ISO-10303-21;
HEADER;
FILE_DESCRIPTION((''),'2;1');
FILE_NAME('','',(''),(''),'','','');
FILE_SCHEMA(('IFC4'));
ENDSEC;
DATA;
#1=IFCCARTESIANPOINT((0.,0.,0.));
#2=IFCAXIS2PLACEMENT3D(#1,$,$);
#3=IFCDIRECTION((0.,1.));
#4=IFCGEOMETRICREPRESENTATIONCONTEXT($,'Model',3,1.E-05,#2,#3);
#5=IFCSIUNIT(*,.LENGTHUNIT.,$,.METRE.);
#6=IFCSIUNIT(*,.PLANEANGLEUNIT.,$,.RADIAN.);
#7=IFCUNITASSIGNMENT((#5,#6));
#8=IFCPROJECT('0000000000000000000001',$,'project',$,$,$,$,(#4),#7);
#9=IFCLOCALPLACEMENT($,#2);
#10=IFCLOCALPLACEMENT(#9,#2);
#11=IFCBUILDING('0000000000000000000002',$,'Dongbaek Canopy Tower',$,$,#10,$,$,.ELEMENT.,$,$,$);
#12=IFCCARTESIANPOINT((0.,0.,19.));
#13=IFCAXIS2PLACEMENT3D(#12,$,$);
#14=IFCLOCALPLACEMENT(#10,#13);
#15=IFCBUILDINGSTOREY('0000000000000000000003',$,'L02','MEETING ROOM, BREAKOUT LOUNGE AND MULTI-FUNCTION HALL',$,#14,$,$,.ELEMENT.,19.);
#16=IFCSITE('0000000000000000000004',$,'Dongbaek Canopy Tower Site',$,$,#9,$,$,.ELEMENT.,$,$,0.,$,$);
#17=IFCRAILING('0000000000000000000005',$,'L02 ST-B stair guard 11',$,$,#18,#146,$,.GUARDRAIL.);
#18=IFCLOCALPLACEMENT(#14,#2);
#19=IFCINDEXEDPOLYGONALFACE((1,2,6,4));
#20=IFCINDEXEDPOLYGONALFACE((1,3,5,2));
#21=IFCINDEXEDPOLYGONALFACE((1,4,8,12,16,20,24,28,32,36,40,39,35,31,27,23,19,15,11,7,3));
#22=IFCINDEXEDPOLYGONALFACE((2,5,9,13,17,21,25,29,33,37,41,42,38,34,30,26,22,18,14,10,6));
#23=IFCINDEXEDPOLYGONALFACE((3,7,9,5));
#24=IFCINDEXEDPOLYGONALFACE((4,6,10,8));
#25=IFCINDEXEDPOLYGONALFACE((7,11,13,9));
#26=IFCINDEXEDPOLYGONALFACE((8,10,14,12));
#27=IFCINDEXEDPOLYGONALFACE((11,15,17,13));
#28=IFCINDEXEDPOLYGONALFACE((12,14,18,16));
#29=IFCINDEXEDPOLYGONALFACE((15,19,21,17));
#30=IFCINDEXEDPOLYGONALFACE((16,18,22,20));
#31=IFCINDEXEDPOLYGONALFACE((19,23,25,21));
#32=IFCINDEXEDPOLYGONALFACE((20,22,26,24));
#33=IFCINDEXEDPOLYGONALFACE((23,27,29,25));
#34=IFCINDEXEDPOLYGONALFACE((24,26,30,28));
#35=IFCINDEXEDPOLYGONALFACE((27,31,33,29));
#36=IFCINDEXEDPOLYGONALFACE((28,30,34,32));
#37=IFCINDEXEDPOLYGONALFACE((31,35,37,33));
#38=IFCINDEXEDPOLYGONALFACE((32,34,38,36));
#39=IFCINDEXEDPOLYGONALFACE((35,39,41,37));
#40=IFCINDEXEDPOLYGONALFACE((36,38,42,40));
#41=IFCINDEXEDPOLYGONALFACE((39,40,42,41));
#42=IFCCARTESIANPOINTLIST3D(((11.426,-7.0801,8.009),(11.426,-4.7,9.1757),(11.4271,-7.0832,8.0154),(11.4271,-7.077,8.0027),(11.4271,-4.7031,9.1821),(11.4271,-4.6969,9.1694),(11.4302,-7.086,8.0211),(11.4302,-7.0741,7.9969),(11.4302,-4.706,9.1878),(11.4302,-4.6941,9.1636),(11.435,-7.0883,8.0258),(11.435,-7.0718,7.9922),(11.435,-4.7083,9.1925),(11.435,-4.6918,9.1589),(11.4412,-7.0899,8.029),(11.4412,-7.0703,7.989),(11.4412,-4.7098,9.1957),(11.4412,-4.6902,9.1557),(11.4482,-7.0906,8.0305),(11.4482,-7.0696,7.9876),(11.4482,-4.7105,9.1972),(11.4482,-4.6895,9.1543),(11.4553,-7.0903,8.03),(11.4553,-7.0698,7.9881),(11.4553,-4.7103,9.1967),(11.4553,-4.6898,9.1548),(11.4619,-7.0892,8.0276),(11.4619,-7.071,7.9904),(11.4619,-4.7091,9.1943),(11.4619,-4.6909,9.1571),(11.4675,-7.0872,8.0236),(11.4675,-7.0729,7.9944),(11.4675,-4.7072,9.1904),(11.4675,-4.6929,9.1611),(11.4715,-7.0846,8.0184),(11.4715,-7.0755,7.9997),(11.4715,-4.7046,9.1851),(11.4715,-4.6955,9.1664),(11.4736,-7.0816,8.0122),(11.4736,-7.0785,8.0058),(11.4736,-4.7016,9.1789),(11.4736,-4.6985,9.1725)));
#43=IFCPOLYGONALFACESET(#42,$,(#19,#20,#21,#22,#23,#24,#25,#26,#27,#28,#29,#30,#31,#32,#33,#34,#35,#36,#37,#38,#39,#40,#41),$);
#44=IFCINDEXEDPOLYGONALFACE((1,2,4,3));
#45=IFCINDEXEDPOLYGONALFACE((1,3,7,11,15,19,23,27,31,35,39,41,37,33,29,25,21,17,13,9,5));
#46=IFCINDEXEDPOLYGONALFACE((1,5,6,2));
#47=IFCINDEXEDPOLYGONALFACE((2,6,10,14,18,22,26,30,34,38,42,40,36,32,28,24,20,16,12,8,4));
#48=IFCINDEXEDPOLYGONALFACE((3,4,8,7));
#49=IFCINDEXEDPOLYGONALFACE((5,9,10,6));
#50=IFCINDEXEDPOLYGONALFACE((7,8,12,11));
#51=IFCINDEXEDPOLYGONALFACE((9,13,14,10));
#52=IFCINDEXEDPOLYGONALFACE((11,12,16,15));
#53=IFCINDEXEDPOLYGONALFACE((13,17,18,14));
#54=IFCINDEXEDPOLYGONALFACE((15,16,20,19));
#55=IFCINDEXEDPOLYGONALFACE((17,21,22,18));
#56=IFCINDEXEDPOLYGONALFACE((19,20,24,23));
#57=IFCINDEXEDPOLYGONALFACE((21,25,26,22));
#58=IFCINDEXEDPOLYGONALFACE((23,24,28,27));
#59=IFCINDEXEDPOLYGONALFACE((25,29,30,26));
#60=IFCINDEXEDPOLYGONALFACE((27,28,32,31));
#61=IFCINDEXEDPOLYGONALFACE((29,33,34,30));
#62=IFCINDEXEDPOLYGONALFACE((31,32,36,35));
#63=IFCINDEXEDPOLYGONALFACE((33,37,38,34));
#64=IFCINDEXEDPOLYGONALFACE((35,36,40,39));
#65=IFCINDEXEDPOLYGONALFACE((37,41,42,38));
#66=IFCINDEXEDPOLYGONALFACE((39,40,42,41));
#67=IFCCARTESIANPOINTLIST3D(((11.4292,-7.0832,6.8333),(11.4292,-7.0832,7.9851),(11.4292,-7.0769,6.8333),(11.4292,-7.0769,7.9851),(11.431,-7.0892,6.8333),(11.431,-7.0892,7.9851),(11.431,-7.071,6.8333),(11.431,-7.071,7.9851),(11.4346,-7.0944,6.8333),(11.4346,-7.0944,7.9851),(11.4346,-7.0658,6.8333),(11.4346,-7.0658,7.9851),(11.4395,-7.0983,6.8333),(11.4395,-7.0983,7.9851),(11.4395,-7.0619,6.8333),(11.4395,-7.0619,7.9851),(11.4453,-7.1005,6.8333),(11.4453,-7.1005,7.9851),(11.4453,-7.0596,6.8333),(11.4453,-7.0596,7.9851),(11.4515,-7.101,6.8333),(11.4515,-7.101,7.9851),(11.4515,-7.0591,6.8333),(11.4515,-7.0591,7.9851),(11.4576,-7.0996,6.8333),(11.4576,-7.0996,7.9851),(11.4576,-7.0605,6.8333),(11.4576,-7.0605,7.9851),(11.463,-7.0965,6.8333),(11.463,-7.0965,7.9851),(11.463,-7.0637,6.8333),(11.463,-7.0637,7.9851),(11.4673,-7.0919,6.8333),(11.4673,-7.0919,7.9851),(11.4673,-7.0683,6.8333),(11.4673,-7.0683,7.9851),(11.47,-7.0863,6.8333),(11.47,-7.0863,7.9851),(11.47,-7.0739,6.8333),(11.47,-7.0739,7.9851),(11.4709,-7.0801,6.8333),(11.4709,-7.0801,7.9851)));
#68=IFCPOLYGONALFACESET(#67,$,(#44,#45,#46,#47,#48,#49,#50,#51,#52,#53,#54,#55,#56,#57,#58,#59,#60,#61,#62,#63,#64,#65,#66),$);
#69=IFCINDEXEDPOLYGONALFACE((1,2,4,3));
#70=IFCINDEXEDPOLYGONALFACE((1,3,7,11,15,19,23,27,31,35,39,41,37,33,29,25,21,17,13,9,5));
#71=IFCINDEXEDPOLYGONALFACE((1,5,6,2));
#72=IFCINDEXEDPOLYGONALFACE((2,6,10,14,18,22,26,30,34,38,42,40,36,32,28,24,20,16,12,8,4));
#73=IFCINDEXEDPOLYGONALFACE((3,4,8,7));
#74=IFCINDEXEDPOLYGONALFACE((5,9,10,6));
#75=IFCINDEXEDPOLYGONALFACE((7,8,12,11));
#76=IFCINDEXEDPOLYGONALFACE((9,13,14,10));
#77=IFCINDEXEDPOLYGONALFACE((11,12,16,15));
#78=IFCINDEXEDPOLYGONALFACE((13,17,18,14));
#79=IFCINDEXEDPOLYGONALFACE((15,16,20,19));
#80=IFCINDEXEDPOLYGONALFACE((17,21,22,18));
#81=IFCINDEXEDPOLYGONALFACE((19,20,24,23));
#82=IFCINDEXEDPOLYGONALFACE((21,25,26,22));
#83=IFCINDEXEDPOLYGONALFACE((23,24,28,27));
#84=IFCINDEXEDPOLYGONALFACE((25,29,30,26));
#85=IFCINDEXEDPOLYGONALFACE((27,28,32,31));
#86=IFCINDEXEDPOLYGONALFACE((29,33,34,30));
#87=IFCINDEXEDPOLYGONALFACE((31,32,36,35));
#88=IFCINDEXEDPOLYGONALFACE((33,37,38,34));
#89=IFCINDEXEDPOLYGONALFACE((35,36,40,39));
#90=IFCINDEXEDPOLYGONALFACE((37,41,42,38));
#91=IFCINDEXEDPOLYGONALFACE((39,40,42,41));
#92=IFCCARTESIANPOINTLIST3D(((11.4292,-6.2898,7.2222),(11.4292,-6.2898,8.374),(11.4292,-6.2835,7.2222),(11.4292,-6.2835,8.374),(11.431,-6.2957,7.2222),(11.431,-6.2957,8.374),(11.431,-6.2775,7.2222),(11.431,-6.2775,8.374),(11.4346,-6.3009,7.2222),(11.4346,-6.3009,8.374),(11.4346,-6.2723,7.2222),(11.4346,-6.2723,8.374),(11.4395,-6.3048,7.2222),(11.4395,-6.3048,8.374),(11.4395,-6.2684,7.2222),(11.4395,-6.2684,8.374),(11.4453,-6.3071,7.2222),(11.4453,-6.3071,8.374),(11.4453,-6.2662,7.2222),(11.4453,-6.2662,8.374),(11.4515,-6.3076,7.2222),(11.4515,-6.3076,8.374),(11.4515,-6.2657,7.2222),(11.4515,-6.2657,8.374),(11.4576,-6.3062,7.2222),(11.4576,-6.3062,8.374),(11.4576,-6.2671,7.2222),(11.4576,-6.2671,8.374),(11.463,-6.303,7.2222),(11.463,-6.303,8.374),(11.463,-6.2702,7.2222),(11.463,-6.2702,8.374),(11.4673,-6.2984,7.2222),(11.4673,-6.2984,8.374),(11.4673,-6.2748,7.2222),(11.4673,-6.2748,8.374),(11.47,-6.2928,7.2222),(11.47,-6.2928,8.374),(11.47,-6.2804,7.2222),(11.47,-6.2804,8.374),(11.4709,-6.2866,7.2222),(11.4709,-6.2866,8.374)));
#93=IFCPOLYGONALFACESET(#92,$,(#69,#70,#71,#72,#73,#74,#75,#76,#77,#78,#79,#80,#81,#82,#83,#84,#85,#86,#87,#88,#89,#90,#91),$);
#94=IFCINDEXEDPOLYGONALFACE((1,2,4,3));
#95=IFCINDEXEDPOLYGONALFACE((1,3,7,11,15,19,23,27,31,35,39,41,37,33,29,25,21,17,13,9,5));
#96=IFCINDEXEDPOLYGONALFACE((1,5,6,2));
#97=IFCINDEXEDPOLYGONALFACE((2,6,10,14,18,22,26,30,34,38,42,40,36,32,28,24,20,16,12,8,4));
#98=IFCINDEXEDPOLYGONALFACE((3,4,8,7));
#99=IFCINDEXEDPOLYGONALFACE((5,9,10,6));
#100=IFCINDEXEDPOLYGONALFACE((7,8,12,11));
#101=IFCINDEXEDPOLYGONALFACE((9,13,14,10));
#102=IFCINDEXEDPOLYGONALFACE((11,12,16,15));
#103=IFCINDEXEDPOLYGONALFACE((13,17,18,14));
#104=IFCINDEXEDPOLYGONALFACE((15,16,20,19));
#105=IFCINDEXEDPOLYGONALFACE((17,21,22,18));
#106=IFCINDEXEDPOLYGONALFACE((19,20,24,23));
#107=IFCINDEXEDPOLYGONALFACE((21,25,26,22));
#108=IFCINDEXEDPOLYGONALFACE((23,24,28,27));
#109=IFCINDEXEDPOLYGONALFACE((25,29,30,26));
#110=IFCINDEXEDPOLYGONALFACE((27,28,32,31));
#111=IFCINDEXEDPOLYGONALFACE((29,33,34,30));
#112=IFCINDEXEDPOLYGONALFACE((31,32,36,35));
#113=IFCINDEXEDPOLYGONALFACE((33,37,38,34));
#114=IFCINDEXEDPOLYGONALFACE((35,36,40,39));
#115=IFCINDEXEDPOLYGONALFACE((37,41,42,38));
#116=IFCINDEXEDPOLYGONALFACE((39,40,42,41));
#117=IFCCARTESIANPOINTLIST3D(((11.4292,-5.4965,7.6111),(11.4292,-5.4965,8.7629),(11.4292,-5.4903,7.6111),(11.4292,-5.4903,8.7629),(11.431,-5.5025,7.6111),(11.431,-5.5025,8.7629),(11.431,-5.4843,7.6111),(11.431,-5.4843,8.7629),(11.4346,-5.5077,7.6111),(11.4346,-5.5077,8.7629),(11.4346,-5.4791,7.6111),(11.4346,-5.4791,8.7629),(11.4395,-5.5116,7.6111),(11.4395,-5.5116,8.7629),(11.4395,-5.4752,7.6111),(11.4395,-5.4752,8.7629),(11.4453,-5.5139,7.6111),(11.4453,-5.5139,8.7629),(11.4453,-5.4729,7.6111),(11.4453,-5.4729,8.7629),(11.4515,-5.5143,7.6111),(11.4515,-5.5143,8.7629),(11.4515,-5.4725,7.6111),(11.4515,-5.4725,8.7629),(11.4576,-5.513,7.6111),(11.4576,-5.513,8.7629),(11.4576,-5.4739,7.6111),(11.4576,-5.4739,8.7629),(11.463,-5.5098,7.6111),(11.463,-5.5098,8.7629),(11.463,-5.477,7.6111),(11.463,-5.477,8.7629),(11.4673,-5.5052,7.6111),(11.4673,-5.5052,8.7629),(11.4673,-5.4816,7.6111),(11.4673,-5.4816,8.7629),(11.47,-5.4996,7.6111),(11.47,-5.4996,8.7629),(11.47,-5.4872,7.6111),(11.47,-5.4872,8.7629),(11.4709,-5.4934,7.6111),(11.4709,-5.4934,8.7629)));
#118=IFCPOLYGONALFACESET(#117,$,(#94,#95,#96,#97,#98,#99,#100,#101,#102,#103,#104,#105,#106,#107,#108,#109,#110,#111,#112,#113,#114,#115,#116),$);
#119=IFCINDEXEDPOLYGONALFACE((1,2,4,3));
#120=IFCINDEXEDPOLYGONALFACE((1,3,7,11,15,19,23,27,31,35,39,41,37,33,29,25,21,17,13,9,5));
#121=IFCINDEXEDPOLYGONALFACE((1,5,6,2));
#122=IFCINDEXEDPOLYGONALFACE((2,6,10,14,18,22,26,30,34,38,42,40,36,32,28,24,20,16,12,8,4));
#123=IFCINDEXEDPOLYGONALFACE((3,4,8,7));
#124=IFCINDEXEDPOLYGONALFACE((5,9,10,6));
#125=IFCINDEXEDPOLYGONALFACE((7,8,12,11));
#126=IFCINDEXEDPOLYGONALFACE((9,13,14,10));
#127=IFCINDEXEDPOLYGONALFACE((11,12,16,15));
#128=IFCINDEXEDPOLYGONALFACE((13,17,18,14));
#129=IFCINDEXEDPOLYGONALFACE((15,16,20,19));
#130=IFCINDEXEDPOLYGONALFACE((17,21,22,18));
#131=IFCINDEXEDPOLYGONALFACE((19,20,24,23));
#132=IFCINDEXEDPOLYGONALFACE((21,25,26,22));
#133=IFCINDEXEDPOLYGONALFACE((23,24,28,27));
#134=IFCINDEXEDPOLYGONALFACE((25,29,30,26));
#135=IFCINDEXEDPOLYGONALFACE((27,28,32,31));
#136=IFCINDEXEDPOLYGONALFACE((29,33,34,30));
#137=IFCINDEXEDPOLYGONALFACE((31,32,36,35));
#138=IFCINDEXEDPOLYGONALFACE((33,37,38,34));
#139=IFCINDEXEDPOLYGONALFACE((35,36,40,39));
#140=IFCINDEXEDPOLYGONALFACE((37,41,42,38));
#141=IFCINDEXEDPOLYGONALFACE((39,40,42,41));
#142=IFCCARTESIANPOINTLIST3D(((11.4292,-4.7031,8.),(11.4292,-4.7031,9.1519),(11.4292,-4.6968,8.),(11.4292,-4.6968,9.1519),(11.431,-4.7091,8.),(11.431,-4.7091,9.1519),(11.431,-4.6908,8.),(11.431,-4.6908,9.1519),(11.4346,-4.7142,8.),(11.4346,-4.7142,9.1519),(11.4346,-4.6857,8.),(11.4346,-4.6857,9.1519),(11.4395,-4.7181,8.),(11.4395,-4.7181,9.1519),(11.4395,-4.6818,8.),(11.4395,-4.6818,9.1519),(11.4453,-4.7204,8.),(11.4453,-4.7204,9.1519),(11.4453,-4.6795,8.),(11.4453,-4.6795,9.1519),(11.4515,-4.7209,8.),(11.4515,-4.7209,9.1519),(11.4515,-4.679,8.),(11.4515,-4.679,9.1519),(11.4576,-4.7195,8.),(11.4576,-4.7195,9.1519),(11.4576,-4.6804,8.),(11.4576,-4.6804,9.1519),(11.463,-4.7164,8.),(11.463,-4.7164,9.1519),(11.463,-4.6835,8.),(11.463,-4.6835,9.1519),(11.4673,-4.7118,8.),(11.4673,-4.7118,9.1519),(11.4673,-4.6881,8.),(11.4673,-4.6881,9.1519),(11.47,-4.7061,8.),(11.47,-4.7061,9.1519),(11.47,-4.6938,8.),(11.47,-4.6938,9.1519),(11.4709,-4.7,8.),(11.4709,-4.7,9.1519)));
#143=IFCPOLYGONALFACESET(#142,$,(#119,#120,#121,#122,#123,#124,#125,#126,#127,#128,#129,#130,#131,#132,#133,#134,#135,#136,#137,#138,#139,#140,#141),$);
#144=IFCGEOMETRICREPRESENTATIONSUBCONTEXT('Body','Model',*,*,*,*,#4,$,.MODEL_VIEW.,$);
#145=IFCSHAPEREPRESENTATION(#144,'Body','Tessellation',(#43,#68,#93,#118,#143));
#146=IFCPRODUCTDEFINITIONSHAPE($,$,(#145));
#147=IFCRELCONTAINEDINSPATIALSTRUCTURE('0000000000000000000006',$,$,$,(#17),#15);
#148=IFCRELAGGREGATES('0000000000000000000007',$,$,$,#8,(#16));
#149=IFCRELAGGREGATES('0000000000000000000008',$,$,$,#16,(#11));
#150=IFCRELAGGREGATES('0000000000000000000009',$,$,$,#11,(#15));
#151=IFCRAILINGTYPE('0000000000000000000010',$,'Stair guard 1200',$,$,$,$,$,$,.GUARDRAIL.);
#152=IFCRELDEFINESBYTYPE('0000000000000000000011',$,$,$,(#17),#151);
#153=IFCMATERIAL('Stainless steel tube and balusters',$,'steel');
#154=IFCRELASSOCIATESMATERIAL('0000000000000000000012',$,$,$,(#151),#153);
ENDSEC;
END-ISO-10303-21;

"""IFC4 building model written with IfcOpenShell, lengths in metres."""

from ifc_helpers import new_model, si_unit, direction, frame, origin, origin_2d, place, context, subcontext, project, spatial, circle, extrude, material, type_object, element, save


model = new_model("IFC4")

# Units and contexts
model_context = context("Model", 3, precision=1e-05, world=origin(), true_north=direction((0.0, 1.0)))
body_context = subcontext(model_context, "Body", "Model", "MODEL_VIEW")
ifc_project = project(units=[si_unit("LENGTHUNIT", "METRE"), si_unit("PLANEANGLEUNIT", "RADIAN")], contexts=[model_context])

# Site, building, storey
site_placement = place(None, origin())
site = spatial("IfcSite", under=ifc_project, at=site_placement, Name="Dongbaek Canopy Tower Site", CompositionType="ELEMENT", RefElevation=0.0)
building_placement = place(site_placement, origin())
building = spatial("IfcBuilding", under=site, at=building_placement, Name="Dongbaek Canopy Tower", CompositionType="ELEMENT")
storey_placement = place(building_placement, frame((0.0, 0.0, 19.0)))
storey = spatial("IfcBuildingStorey", under=building, at=storey_placement, Name="L02", Description="MEETING ROOM, BREAKOUT LOUNGE AND MULTI-FUNCTION HALL", CompositionType="ELEMENT", Elevation=19.0)

# Railing
ifc_material_1 = material(Name="Stainless steel tube and balusters", Category="steel")
railing_type_1 = type_object("IfcRailingType", Name="Stair guard 1200", PredefinedType="GUARDRAIL", material=ifc_material_1)
railing_1_placement = place(storey_placement, frame((11.45, -7.0801, 6.8333)))
element("IfcRailing", 1, at=railing_1_placement, inside=storey, type_object=railing_type_1, Name="L02 ST-B stair guard 11", PredefinedType="GUARDRAIL", context=body_context, shape_type="SweptSolid", body=[
    extrude(circle(Radius=0.0239, at=origin_2d()), frame((0.0, 0.0, 1.1758), z_axis=(0.0, 0.897918, 0.440163), x_axis=(-1.0, 0.0, 0.0)), (0.0, 0.0, 1.0), 2.6506),
    extrude(circle(Radius=0.021, at=origin_2d()), origin(), (0.0, 0.0, 1.0), 1.1519),
    extrude(circle(Radius=0.021, at=origin_2d()), frame((0.0, 0.7935, 0.3889)), (0.0, 0.0, 1.0), 1.1519),
    extrude(circle(Radius=0.021, at=origin_2d()), frame((0.0, 1.5867, 0.7778)), (0.0, 0.0, 1.0), 1.1519),
    extrude(circle(Radius=0.021, at=origin_2d()), frame((0.0, 2.3801, 1.1667)), (0.0, 0.0, 1.0), 1.1519),
])

save(model, "model.ifc")
